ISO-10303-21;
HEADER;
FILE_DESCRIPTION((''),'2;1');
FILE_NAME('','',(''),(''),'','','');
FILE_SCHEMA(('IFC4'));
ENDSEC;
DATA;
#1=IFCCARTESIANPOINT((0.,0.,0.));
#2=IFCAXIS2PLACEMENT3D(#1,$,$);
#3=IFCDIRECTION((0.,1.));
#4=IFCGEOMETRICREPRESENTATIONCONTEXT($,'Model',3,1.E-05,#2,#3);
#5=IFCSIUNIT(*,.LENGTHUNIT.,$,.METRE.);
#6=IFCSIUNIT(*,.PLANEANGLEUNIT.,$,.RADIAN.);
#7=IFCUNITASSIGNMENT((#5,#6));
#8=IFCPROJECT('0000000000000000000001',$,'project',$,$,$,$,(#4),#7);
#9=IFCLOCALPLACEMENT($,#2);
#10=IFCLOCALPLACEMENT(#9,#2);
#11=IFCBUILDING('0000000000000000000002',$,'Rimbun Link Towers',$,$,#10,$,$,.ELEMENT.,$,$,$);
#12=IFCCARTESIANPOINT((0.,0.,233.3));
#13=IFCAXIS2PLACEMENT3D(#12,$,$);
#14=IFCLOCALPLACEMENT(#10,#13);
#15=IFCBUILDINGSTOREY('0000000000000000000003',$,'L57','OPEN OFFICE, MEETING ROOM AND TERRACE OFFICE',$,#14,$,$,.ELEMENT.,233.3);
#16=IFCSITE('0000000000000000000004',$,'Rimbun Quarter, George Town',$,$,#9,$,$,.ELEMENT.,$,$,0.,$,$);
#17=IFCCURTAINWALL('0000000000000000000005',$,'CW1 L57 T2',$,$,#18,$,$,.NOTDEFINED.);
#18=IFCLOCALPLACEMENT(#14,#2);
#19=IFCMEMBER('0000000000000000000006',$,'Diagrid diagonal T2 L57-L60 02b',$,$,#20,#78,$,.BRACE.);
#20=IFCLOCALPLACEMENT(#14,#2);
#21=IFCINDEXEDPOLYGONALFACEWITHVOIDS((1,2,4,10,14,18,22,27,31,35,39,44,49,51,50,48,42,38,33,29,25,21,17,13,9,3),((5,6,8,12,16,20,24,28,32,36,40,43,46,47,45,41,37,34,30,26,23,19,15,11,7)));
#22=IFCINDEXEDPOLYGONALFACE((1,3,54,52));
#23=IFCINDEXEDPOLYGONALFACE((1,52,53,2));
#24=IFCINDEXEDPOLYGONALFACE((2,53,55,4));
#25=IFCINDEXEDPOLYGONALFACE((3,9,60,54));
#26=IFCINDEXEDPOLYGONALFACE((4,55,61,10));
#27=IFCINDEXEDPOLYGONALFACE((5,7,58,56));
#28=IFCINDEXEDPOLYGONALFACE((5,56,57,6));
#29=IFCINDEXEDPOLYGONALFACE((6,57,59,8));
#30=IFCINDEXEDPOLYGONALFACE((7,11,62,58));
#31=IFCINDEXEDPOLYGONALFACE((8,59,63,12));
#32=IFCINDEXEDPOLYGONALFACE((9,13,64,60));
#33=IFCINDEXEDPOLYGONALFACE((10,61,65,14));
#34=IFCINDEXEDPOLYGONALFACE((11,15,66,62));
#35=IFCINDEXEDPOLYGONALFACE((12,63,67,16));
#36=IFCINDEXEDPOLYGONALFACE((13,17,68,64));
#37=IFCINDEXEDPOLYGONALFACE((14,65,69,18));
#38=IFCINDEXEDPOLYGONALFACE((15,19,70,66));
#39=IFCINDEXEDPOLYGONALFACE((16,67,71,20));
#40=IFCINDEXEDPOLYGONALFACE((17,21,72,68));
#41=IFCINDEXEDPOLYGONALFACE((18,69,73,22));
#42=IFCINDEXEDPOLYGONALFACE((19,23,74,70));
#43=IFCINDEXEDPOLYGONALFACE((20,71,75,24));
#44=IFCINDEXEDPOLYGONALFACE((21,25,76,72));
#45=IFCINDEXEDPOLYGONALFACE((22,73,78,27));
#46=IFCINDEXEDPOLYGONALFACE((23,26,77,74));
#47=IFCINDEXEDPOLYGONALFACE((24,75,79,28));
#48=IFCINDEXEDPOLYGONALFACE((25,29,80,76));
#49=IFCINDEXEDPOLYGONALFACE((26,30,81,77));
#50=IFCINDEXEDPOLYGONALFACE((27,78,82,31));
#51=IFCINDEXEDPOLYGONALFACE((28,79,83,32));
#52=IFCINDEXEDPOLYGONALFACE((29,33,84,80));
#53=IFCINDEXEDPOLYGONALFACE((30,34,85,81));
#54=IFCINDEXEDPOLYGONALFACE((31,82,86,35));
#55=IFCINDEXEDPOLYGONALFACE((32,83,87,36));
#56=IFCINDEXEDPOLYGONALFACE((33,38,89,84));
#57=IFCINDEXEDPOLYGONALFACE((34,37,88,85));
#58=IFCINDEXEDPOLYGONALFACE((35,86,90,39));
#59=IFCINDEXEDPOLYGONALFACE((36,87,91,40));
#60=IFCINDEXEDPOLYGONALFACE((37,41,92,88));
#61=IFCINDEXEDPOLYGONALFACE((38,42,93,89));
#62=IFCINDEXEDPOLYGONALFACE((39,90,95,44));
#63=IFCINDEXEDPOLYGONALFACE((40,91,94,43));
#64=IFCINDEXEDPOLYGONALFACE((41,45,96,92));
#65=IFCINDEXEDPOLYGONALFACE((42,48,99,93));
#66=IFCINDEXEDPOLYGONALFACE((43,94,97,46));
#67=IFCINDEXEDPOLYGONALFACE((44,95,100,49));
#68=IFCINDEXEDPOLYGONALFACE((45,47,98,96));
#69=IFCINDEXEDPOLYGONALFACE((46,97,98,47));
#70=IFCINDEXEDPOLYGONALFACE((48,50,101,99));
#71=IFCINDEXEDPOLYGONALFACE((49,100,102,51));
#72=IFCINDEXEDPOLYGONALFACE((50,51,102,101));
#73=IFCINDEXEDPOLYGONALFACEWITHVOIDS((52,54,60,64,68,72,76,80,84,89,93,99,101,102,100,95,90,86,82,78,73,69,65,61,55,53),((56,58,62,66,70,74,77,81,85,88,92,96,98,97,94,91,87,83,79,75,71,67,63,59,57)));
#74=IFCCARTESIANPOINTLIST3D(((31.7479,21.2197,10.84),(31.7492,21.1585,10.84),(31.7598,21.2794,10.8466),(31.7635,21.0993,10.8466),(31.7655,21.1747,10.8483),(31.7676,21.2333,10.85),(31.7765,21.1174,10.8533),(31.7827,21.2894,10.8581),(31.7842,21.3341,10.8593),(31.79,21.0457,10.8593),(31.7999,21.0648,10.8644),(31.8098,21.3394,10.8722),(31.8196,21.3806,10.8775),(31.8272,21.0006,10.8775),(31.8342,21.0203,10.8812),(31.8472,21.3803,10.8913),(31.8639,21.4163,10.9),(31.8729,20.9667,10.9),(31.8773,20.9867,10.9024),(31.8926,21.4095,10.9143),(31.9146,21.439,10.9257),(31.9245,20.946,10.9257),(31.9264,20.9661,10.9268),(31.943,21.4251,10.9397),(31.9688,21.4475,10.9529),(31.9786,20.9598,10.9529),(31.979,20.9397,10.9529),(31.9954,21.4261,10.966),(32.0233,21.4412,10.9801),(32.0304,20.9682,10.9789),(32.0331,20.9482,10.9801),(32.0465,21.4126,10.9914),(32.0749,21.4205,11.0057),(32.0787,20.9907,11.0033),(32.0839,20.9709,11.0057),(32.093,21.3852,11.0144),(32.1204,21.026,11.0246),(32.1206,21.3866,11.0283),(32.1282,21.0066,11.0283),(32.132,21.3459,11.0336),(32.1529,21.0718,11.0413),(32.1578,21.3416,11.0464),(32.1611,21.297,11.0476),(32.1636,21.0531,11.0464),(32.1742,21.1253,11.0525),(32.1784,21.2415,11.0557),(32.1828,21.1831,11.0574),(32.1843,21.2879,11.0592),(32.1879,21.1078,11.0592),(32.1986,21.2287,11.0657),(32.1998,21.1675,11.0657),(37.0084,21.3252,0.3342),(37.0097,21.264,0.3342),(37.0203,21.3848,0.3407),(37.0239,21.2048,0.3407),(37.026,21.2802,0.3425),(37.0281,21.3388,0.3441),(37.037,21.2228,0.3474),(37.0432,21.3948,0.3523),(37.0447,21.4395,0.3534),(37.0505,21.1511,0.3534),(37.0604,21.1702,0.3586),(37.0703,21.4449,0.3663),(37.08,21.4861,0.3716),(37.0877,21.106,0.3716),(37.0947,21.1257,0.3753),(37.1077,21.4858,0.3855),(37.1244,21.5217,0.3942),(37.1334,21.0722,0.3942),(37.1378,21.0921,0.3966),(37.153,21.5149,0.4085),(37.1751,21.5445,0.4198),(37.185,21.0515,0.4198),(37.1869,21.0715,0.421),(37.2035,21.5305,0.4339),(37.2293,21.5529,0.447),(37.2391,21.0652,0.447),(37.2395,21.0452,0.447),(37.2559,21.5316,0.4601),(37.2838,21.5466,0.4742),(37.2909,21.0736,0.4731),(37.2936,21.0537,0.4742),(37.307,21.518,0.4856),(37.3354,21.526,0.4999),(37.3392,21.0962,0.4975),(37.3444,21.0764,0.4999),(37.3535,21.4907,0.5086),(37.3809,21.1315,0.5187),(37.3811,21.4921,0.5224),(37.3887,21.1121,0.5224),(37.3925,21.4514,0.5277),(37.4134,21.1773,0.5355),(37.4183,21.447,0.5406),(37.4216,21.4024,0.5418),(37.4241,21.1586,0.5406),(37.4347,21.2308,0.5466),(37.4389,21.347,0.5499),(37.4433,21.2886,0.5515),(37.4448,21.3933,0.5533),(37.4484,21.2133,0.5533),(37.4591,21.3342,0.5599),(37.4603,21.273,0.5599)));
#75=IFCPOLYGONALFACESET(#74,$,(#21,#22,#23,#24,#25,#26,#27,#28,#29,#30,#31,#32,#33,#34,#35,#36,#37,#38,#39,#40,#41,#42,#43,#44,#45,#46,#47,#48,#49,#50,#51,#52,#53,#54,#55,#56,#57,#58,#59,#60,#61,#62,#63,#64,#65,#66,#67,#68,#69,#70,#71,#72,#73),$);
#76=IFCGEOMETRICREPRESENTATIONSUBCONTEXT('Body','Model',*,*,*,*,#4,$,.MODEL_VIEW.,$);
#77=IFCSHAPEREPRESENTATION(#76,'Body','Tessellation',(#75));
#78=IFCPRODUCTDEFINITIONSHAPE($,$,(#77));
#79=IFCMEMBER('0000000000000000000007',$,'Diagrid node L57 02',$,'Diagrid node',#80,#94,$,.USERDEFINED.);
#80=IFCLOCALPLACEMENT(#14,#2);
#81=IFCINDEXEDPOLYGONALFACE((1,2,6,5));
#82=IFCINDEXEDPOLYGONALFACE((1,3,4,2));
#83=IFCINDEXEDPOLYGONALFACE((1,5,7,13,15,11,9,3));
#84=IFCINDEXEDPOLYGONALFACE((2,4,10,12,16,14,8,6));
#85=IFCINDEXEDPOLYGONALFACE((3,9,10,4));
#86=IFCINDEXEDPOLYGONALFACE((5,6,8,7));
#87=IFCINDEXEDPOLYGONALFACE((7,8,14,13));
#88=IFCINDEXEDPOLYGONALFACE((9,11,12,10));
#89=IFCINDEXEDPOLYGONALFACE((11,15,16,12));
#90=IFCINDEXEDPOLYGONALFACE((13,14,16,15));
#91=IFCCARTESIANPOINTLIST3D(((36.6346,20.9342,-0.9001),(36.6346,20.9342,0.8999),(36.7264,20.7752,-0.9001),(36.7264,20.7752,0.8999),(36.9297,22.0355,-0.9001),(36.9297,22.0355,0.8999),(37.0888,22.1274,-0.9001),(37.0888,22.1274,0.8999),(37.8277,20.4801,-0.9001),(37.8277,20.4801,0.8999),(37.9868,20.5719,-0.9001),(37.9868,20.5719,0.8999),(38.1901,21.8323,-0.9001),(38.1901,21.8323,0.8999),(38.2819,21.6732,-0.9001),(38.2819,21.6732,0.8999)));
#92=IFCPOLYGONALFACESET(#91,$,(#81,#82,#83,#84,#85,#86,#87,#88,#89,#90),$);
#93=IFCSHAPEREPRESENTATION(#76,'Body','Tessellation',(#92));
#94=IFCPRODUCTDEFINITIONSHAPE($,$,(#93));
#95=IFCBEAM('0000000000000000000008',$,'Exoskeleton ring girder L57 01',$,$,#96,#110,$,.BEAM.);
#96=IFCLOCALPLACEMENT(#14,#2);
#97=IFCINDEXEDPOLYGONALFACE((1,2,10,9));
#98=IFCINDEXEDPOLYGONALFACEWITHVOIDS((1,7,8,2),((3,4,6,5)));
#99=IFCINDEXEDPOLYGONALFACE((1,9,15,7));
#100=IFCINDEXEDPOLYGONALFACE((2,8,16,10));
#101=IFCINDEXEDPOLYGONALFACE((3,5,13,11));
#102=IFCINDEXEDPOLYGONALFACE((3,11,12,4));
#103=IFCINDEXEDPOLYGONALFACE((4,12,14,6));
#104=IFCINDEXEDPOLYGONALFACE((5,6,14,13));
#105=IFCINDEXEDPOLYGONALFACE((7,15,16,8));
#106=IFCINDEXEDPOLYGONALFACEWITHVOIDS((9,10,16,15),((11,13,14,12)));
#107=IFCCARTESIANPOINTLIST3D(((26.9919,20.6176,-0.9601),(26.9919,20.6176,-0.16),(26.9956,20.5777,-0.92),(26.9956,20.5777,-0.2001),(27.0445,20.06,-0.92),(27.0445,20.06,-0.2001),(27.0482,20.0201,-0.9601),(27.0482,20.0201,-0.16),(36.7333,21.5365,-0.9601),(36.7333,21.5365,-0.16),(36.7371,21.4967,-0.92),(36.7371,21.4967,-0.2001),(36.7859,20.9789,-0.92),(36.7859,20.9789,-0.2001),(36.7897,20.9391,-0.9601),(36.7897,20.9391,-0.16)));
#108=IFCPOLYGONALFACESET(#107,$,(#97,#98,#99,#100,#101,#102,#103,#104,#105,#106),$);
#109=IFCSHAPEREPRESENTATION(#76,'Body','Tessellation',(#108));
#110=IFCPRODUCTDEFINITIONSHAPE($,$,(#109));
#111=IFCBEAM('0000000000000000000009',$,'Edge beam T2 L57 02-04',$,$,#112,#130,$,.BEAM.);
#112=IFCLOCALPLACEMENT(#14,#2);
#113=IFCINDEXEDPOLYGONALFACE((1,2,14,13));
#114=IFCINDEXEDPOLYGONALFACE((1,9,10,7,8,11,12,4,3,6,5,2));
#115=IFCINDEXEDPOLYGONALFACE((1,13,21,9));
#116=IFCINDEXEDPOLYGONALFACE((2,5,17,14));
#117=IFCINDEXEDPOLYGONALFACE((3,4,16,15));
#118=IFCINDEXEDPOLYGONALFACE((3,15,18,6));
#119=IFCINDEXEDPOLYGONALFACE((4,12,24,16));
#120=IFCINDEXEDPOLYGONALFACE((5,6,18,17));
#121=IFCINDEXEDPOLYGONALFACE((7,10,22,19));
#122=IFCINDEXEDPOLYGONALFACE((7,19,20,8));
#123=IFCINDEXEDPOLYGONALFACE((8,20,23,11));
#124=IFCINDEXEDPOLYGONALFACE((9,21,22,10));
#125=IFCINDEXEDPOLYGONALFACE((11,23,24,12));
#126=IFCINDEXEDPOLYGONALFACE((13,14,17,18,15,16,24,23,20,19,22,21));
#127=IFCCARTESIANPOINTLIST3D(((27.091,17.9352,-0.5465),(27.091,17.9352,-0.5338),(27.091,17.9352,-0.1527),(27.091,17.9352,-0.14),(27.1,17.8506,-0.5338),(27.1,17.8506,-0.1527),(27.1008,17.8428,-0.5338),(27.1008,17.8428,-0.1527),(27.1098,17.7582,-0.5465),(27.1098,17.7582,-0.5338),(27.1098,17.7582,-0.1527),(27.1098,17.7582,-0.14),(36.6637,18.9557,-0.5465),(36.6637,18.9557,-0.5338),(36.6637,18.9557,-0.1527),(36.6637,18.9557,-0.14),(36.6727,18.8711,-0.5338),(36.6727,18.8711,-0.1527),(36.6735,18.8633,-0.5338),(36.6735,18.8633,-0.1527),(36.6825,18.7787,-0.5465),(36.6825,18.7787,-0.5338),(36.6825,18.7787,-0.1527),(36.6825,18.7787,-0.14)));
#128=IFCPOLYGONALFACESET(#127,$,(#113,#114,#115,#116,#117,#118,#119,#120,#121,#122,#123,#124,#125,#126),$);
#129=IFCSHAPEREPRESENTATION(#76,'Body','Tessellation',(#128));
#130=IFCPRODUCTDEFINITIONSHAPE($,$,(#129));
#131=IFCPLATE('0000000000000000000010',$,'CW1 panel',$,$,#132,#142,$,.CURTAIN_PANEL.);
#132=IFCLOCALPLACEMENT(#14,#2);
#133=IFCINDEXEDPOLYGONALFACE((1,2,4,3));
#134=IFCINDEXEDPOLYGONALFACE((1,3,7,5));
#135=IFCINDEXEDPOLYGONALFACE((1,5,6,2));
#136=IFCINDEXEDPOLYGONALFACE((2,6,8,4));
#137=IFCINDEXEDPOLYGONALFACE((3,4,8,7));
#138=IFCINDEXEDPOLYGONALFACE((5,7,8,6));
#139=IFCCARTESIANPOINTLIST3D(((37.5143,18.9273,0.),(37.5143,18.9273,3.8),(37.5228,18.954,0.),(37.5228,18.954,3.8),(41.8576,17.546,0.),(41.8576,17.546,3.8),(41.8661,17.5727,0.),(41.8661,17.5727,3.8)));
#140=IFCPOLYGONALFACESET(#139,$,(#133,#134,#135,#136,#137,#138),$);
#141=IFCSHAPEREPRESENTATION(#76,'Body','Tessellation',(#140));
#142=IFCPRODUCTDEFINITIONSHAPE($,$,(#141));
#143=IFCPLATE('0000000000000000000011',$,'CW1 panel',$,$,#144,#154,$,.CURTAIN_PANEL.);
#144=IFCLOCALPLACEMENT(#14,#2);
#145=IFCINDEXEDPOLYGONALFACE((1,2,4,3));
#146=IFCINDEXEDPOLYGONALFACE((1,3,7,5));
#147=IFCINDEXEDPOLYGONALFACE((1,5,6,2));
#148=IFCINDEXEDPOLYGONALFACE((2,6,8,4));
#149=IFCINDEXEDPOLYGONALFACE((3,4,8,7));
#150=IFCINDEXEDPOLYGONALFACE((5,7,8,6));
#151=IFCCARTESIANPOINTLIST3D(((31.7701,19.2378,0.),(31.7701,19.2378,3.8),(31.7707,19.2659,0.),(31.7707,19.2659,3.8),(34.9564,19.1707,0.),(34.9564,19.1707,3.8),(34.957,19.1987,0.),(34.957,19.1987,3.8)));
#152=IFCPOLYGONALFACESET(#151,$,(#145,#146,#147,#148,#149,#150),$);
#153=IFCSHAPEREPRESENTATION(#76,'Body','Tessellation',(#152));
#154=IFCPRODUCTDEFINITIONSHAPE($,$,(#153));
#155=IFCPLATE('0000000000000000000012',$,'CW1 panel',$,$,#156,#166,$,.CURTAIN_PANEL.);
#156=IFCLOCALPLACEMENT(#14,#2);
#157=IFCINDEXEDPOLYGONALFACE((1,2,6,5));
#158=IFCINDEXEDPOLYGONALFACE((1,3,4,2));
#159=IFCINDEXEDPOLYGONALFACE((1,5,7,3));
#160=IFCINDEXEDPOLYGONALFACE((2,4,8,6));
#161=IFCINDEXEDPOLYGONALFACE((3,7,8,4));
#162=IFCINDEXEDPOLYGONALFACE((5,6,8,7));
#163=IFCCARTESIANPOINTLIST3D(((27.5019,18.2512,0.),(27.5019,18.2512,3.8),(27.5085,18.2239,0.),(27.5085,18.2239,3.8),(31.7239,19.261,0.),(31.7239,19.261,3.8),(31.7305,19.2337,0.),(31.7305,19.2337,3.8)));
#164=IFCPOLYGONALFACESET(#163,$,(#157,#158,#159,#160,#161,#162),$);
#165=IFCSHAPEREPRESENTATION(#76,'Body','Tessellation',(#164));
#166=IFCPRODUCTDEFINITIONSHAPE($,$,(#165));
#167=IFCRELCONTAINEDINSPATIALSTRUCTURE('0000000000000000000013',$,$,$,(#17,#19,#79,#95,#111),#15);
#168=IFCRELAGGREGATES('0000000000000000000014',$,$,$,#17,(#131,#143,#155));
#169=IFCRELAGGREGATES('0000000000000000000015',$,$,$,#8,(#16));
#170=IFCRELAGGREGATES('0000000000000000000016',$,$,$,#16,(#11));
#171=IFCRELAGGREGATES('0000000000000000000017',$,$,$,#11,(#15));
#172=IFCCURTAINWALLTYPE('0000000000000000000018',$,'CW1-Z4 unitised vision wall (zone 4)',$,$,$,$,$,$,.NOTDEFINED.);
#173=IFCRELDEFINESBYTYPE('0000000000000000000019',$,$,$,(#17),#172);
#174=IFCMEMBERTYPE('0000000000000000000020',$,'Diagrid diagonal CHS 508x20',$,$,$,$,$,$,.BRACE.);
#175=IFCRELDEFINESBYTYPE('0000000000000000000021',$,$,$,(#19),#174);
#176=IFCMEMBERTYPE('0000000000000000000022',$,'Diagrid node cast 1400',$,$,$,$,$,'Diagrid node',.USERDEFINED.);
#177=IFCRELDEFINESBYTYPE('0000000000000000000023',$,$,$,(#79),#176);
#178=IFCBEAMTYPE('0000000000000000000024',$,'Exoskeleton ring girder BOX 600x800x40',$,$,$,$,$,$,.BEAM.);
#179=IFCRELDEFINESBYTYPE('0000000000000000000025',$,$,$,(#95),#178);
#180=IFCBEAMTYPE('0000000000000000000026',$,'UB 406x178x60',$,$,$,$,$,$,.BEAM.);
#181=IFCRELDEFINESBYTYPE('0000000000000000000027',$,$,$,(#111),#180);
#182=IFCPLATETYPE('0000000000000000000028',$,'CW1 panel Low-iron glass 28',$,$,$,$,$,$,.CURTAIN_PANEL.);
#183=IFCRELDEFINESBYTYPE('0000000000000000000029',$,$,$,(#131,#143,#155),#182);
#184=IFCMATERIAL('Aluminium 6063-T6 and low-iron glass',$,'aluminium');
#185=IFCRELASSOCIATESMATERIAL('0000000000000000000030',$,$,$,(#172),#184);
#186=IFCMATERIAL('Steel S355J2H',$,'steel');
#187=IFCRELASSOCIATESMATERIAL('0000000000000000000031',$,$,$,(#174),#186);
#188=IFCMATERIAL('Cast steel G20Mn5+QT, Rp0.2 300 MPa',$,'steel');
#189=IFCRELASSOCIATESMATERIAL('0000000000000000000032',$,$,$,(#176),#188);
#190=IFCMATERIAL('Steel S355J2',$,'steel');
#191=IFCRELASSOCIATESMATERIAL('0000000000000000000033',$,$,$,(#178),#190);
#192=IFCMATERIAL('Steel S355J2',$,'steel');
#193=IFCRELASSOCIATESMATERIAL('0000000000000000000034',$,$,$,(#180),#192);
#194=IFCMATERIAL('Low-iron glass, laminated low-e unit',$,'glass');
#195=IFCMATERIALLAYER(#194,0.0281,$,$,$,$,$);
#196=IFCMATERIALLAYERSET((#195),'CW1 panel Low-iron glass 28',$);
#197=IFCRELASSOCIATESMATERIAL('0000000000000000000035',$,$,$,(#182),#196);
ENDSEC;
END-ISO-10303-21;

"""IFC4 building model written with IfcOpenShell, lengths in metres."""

from ifc_helpers import new_model, si_unit, direction, frame, origin, origin_2d, place, context, subcontext, project, spatial, polyline, rectangle, hollow_rectangle, hollow_circle, i_section, outline, extrude, material, layer, layer_set, material_profile, profile_set, type_object, element, aggregate, save


model = new_model("IFC4")

# Units and contexts
model_context = context("Model", 3, precision=1e-05, world=origin(), true_north=direction((0.0, 1.0)))
body_context = subcontext(model_context, "Body", "Model", "MODEL_VIEW")
ifc_project = project(units=[si_unit("LENGTHUNIT", "METRE"), si_unit("PLANEANGLEUNIT", "RADIAN")], contexts=[model_context])

# Site, building, storey
site_placement = place(None, origin())
site = spatial("IfcSite", under=ifc_project, at=site_placement, Name="Rimbun Quarter, George Town", CompositionType="ELEMENT", RefElevation=0.0)
building_placement = place(site_placement, origin())
building = spatial("IfcBuilding", under=site, at=building_placement, Name="Rimbun Link Towers", CompositionType="ELEMENT")
storey_placement = place(building_placement, frame((0.0, 0.0, 233.3)))
storey = spatial("IfcBuildingStorey", under=building, at=storey_placement, Name="L57", Description="OPEN OFFICE, MEETING ROOM AND TERRACE OFFICE", CompositionType="ELEMENT", Elevation=233.3)

# Curtain wall
ifc_material_1 = material(Name="Aluminium 6063-T6 and low-iron glass", Category="aluminium")
curtain_wall_type = type_object("IfcCurtainWallType", Name="CW1-Z4 unitised vision wall (zone 4)", PredefinedType="NOTDEFINED", material=ifc_material_1)
curtain_wall_placement = place(storey_placement, origin())
curtain_wall = element("IfcCurtainWall", 1, at=curtain_wall_placement, inside=storey, type_object=curtain_wall_type, Name="CW1 L57 T2", PredefinedType="NOTDEFINED")

# Members
ifc_material_2 = material(Name="Steel S355J2H", Category="steel")
ifc_material_profile_1 = material_profile(ifc_material_2, hollow_circle(Radius=0.2539, WallThickness=0.02, at=origin_2d()), Name="Diagrid diagonal CHS 508x20")
ifc_profile_set_1 = profile_set([ifc_material_profile_1], Name="Steel S355J2H")
member_type_1 = type_object("IfcMemberType", Name="Diagrid diagonal CHS 508x20", PredefinedType="BRACE", material=ifc_profile_set_1)
member_1_placement = place(storey_placement, frame((37.2344, 21.2991, 0.447), z_axis=(-0.447711, -0.008976, 0.894133), x_axis=(0.020045, -0.999799, 0.0)))
element("IfcMember", 2, at=member_1_placement, inside=storey, type_object=member_type_1, Name="Diagrid diagonal T2 L57-L60 02b", PredefinedType="BRACE", context=body_context, shape_type="SweptSolid", body=[
    extrude(hollow_circle(Radius=0.2539, WallThickness=0.02, at=origin_2d()), origin(), (0.0, 0.0, 1.0), 11.7498),
])
ifc_material_3 = material(Name="Cast steel G20Mn5+QT, Rp0.2 300 MPa", Category="steel")
ifc_material_profile_2 = material_profile(ifc_material_3, outline(polyline([(0.7, -0.5701), (0.7, 0.5701), (0.5701, 0.7), (-0.5701, 0.7), (-0.7, 0.5701), (-0.7, -0.5701), (-0.5701, -0.7), (0.5701, -0.7), (0.7, -0.5701)])), Name="NODE 1400x1400")
ifc_profile_set_2 = profile_set([ifc_material_profile_2], Name="Cast steel G20Mn5+QT, Rp0.2 300 MPa")
member_type_2 = type_object("IfcMemberType", Name="Diagrid node cast 1400", ElementType="Diagrid node", PredefinedType="USERDEFINED", material=ifc_profile_set_2)
member_2_placement = place(storey_placement, frame((37.4583, 21.3037, -0.9001), z_axis=(0.0, 0.0, 1.0), x_axis=(0.258819, 0.965926, 0.0)))
element("IfcMember", 3, at=member_2_placement, inside=storey, type_object=member_type_2, Name="Diagrid node L57 02", ObjectType="Diagrid node", PredefinedType="USERDEFINED", context=body_context, shape_type="SweptSolid", body=[
    extrude(outline(polyline([(0.7, -0.5701), (0.7, 0.5701), (0.5701, 0.7), (-0.5701, 0.7), (-0.7, 0.5701), (-0.7, -0.5701), (-0.5701, -0.7), (0.5701, -0.7), (0.7, -0.5701)])), origin(), (0.0, 0.0, 1.0), 1.8),
])

# Beams
ifc_material_4 = material(Name="Steel S355J2", Category="steel")
ifc_material_profile_3 = material_profile(ifc_material_4, hollow_rectangle(XDim=0.6001, YDim=0.8, WallThickness=0.04, at=origin_2d()), Name="Exoskeleton ring girder BOX 600x800x40")
ifc_profile_set_3 = profile_set([ifc_material_profile_3], Name="Steel S355J2")
beam_type_1 = type_object("IfcBeamType", Name="Exoskeleton ring girder BOX 600x800x40", PredefinedType="BEAM", material=ifc_profile_set_3)
beam_1_placement = place(storey_placement, frame((36.7615, 21.2378, -0.5601), z_axis=(-0.99558, -0.093917, 0.0), x_axis=(0.093917, -0.99558, 0.0)))
element("IfcBeam", 4, at=beam_1_placement, inside=storey, type_object=beam_type_1, Name="Exoskeleton ring girder L57 01", PredefinedType="BEAM", context=body_context, shape_type="SweptSolid", body=[
    extrude(hollow_rectangle(XDim=0.6001, YDim=0.8, WallThickness=0.04, at=origin_2d()), origin(), (0.0, 0.0, 1.0), 9.7847),
])
ifc_material_5 = material(Name="Steel S355J2", Category="steel")
ifc_material_profile_4 = material_profile(ifc_material_5, i_section(OverallWidth=0.178, OverallDepth=0.4065, WebThickness=0.0078, FlangeThickness=0.0127, at=origin_2d()), Name="UB 406x178x60")
ifc_profile_set_4 = profile_set([ifc_material_profile_4], Name="Steel S355J2")
beam_type_2 = type_object("IfcBeamType", Name="UB 406x178x60", PredefinedType="BEAM", material=ifc_profile_set_4)
beam_2_placement = place(storey_placement, frame((36.6731, 18.8672, -0.3433), z_axis=(-0.994366, -0.106005, 0.0), x_axis=(0.106005, -0.994366, 0.0)))
element("IfcBeam", 5, at=beam_2_placement, inside=storey, type_object=beam_type_2, Name="Edge beam T2 L57 02-04", PredefinedType="BEAM", context=body_context, shape_type="SweptSolid", body=[
    extrude(i_section(OverallWidth=0.178, OverallDepth=0.4065, WebThickness=0.0078, FlangeThickness=0.0127, at=origin_2d()), origin(), (0.0, 0.0, 1.0), 9.627),
])

# Plates
ifc_material_6 = material(Name="Low-iron glass, laminated low-e unit", Category="glass")
ifc_layer = layer(ifc_material_6, 0.0281)
ifc_layer_set = layer_set([ifc_layer], Name="CW1 panel Low-iron glass 28")
plate_type = type_object("IfcPlateType", Name="CW1 panel Low-iron glass 28", PredefinedType="CURTAIN_PANEL", material=ifc_layer_set)
plate_1_placement = place(storey_placement, frame((39.6902, 18.25, 0.0), z_axis=(0.0, 0.0, 1.0), x_axis=(0.952968, -0.303072, 0.0)))
plate_1 = element("IfcPlate", 6, at=plate_1_placement, type_object=plate_type, Name="CW1 panel", PredefinedType="CURTAIN_PANEL", context=body_context, shape_type="SweptSolid", body=[
    extrude(rectangle(XDim=4.5576, YDim=0.0281, at=origin_2d()), origin(), (0.0, 0.0, 1.0), 3.8),
])
plate_2_placement = place(storey_placement, frame((33.3635, 19.2183, 0.0), z_axis=(0.0, 0.0, 1.0), x_axis=(0.999778, -0.021065, 0.0)))
plate_2 = element("IfcPlate", 7, at=plate_2_placement, type_object=plate_type, Name="CW1 panel", PredefinedType="CURTAIN_PANEL", context=body_context, shape_type="SweptSolid", body=[
    extrude(rectangle(XDim=3.187, YDim=0.0281, at=origin_2d()), origin(), (0.0, 0.0, 1.0), 3.8),
])
plate_3_placement = place(storey_placement, frame((29.6162, 18.7424, 0.0), z_axis=(0.0, 0.0, 1.0), x_axis=(0.972572, 0.232603, 0.0)))
plate_3 = element("IfcPlate", 8, at=plate_3_placement, type_object=plate_type, Name="CW1 panel", PredefinedType="CURTAIN_PANEL", context=body_context, shape_type="SweptSolid", body=[
    extrude(rectangle(XDim=4.3411, YDim=0.0281, at=origin_2d()), origin(), (0.0, 0.0, 1.0), 3.8),
])
aggregate(curtain_wall, [plate_1, plate_2, plate_3])

save(model, "model.ifc")
